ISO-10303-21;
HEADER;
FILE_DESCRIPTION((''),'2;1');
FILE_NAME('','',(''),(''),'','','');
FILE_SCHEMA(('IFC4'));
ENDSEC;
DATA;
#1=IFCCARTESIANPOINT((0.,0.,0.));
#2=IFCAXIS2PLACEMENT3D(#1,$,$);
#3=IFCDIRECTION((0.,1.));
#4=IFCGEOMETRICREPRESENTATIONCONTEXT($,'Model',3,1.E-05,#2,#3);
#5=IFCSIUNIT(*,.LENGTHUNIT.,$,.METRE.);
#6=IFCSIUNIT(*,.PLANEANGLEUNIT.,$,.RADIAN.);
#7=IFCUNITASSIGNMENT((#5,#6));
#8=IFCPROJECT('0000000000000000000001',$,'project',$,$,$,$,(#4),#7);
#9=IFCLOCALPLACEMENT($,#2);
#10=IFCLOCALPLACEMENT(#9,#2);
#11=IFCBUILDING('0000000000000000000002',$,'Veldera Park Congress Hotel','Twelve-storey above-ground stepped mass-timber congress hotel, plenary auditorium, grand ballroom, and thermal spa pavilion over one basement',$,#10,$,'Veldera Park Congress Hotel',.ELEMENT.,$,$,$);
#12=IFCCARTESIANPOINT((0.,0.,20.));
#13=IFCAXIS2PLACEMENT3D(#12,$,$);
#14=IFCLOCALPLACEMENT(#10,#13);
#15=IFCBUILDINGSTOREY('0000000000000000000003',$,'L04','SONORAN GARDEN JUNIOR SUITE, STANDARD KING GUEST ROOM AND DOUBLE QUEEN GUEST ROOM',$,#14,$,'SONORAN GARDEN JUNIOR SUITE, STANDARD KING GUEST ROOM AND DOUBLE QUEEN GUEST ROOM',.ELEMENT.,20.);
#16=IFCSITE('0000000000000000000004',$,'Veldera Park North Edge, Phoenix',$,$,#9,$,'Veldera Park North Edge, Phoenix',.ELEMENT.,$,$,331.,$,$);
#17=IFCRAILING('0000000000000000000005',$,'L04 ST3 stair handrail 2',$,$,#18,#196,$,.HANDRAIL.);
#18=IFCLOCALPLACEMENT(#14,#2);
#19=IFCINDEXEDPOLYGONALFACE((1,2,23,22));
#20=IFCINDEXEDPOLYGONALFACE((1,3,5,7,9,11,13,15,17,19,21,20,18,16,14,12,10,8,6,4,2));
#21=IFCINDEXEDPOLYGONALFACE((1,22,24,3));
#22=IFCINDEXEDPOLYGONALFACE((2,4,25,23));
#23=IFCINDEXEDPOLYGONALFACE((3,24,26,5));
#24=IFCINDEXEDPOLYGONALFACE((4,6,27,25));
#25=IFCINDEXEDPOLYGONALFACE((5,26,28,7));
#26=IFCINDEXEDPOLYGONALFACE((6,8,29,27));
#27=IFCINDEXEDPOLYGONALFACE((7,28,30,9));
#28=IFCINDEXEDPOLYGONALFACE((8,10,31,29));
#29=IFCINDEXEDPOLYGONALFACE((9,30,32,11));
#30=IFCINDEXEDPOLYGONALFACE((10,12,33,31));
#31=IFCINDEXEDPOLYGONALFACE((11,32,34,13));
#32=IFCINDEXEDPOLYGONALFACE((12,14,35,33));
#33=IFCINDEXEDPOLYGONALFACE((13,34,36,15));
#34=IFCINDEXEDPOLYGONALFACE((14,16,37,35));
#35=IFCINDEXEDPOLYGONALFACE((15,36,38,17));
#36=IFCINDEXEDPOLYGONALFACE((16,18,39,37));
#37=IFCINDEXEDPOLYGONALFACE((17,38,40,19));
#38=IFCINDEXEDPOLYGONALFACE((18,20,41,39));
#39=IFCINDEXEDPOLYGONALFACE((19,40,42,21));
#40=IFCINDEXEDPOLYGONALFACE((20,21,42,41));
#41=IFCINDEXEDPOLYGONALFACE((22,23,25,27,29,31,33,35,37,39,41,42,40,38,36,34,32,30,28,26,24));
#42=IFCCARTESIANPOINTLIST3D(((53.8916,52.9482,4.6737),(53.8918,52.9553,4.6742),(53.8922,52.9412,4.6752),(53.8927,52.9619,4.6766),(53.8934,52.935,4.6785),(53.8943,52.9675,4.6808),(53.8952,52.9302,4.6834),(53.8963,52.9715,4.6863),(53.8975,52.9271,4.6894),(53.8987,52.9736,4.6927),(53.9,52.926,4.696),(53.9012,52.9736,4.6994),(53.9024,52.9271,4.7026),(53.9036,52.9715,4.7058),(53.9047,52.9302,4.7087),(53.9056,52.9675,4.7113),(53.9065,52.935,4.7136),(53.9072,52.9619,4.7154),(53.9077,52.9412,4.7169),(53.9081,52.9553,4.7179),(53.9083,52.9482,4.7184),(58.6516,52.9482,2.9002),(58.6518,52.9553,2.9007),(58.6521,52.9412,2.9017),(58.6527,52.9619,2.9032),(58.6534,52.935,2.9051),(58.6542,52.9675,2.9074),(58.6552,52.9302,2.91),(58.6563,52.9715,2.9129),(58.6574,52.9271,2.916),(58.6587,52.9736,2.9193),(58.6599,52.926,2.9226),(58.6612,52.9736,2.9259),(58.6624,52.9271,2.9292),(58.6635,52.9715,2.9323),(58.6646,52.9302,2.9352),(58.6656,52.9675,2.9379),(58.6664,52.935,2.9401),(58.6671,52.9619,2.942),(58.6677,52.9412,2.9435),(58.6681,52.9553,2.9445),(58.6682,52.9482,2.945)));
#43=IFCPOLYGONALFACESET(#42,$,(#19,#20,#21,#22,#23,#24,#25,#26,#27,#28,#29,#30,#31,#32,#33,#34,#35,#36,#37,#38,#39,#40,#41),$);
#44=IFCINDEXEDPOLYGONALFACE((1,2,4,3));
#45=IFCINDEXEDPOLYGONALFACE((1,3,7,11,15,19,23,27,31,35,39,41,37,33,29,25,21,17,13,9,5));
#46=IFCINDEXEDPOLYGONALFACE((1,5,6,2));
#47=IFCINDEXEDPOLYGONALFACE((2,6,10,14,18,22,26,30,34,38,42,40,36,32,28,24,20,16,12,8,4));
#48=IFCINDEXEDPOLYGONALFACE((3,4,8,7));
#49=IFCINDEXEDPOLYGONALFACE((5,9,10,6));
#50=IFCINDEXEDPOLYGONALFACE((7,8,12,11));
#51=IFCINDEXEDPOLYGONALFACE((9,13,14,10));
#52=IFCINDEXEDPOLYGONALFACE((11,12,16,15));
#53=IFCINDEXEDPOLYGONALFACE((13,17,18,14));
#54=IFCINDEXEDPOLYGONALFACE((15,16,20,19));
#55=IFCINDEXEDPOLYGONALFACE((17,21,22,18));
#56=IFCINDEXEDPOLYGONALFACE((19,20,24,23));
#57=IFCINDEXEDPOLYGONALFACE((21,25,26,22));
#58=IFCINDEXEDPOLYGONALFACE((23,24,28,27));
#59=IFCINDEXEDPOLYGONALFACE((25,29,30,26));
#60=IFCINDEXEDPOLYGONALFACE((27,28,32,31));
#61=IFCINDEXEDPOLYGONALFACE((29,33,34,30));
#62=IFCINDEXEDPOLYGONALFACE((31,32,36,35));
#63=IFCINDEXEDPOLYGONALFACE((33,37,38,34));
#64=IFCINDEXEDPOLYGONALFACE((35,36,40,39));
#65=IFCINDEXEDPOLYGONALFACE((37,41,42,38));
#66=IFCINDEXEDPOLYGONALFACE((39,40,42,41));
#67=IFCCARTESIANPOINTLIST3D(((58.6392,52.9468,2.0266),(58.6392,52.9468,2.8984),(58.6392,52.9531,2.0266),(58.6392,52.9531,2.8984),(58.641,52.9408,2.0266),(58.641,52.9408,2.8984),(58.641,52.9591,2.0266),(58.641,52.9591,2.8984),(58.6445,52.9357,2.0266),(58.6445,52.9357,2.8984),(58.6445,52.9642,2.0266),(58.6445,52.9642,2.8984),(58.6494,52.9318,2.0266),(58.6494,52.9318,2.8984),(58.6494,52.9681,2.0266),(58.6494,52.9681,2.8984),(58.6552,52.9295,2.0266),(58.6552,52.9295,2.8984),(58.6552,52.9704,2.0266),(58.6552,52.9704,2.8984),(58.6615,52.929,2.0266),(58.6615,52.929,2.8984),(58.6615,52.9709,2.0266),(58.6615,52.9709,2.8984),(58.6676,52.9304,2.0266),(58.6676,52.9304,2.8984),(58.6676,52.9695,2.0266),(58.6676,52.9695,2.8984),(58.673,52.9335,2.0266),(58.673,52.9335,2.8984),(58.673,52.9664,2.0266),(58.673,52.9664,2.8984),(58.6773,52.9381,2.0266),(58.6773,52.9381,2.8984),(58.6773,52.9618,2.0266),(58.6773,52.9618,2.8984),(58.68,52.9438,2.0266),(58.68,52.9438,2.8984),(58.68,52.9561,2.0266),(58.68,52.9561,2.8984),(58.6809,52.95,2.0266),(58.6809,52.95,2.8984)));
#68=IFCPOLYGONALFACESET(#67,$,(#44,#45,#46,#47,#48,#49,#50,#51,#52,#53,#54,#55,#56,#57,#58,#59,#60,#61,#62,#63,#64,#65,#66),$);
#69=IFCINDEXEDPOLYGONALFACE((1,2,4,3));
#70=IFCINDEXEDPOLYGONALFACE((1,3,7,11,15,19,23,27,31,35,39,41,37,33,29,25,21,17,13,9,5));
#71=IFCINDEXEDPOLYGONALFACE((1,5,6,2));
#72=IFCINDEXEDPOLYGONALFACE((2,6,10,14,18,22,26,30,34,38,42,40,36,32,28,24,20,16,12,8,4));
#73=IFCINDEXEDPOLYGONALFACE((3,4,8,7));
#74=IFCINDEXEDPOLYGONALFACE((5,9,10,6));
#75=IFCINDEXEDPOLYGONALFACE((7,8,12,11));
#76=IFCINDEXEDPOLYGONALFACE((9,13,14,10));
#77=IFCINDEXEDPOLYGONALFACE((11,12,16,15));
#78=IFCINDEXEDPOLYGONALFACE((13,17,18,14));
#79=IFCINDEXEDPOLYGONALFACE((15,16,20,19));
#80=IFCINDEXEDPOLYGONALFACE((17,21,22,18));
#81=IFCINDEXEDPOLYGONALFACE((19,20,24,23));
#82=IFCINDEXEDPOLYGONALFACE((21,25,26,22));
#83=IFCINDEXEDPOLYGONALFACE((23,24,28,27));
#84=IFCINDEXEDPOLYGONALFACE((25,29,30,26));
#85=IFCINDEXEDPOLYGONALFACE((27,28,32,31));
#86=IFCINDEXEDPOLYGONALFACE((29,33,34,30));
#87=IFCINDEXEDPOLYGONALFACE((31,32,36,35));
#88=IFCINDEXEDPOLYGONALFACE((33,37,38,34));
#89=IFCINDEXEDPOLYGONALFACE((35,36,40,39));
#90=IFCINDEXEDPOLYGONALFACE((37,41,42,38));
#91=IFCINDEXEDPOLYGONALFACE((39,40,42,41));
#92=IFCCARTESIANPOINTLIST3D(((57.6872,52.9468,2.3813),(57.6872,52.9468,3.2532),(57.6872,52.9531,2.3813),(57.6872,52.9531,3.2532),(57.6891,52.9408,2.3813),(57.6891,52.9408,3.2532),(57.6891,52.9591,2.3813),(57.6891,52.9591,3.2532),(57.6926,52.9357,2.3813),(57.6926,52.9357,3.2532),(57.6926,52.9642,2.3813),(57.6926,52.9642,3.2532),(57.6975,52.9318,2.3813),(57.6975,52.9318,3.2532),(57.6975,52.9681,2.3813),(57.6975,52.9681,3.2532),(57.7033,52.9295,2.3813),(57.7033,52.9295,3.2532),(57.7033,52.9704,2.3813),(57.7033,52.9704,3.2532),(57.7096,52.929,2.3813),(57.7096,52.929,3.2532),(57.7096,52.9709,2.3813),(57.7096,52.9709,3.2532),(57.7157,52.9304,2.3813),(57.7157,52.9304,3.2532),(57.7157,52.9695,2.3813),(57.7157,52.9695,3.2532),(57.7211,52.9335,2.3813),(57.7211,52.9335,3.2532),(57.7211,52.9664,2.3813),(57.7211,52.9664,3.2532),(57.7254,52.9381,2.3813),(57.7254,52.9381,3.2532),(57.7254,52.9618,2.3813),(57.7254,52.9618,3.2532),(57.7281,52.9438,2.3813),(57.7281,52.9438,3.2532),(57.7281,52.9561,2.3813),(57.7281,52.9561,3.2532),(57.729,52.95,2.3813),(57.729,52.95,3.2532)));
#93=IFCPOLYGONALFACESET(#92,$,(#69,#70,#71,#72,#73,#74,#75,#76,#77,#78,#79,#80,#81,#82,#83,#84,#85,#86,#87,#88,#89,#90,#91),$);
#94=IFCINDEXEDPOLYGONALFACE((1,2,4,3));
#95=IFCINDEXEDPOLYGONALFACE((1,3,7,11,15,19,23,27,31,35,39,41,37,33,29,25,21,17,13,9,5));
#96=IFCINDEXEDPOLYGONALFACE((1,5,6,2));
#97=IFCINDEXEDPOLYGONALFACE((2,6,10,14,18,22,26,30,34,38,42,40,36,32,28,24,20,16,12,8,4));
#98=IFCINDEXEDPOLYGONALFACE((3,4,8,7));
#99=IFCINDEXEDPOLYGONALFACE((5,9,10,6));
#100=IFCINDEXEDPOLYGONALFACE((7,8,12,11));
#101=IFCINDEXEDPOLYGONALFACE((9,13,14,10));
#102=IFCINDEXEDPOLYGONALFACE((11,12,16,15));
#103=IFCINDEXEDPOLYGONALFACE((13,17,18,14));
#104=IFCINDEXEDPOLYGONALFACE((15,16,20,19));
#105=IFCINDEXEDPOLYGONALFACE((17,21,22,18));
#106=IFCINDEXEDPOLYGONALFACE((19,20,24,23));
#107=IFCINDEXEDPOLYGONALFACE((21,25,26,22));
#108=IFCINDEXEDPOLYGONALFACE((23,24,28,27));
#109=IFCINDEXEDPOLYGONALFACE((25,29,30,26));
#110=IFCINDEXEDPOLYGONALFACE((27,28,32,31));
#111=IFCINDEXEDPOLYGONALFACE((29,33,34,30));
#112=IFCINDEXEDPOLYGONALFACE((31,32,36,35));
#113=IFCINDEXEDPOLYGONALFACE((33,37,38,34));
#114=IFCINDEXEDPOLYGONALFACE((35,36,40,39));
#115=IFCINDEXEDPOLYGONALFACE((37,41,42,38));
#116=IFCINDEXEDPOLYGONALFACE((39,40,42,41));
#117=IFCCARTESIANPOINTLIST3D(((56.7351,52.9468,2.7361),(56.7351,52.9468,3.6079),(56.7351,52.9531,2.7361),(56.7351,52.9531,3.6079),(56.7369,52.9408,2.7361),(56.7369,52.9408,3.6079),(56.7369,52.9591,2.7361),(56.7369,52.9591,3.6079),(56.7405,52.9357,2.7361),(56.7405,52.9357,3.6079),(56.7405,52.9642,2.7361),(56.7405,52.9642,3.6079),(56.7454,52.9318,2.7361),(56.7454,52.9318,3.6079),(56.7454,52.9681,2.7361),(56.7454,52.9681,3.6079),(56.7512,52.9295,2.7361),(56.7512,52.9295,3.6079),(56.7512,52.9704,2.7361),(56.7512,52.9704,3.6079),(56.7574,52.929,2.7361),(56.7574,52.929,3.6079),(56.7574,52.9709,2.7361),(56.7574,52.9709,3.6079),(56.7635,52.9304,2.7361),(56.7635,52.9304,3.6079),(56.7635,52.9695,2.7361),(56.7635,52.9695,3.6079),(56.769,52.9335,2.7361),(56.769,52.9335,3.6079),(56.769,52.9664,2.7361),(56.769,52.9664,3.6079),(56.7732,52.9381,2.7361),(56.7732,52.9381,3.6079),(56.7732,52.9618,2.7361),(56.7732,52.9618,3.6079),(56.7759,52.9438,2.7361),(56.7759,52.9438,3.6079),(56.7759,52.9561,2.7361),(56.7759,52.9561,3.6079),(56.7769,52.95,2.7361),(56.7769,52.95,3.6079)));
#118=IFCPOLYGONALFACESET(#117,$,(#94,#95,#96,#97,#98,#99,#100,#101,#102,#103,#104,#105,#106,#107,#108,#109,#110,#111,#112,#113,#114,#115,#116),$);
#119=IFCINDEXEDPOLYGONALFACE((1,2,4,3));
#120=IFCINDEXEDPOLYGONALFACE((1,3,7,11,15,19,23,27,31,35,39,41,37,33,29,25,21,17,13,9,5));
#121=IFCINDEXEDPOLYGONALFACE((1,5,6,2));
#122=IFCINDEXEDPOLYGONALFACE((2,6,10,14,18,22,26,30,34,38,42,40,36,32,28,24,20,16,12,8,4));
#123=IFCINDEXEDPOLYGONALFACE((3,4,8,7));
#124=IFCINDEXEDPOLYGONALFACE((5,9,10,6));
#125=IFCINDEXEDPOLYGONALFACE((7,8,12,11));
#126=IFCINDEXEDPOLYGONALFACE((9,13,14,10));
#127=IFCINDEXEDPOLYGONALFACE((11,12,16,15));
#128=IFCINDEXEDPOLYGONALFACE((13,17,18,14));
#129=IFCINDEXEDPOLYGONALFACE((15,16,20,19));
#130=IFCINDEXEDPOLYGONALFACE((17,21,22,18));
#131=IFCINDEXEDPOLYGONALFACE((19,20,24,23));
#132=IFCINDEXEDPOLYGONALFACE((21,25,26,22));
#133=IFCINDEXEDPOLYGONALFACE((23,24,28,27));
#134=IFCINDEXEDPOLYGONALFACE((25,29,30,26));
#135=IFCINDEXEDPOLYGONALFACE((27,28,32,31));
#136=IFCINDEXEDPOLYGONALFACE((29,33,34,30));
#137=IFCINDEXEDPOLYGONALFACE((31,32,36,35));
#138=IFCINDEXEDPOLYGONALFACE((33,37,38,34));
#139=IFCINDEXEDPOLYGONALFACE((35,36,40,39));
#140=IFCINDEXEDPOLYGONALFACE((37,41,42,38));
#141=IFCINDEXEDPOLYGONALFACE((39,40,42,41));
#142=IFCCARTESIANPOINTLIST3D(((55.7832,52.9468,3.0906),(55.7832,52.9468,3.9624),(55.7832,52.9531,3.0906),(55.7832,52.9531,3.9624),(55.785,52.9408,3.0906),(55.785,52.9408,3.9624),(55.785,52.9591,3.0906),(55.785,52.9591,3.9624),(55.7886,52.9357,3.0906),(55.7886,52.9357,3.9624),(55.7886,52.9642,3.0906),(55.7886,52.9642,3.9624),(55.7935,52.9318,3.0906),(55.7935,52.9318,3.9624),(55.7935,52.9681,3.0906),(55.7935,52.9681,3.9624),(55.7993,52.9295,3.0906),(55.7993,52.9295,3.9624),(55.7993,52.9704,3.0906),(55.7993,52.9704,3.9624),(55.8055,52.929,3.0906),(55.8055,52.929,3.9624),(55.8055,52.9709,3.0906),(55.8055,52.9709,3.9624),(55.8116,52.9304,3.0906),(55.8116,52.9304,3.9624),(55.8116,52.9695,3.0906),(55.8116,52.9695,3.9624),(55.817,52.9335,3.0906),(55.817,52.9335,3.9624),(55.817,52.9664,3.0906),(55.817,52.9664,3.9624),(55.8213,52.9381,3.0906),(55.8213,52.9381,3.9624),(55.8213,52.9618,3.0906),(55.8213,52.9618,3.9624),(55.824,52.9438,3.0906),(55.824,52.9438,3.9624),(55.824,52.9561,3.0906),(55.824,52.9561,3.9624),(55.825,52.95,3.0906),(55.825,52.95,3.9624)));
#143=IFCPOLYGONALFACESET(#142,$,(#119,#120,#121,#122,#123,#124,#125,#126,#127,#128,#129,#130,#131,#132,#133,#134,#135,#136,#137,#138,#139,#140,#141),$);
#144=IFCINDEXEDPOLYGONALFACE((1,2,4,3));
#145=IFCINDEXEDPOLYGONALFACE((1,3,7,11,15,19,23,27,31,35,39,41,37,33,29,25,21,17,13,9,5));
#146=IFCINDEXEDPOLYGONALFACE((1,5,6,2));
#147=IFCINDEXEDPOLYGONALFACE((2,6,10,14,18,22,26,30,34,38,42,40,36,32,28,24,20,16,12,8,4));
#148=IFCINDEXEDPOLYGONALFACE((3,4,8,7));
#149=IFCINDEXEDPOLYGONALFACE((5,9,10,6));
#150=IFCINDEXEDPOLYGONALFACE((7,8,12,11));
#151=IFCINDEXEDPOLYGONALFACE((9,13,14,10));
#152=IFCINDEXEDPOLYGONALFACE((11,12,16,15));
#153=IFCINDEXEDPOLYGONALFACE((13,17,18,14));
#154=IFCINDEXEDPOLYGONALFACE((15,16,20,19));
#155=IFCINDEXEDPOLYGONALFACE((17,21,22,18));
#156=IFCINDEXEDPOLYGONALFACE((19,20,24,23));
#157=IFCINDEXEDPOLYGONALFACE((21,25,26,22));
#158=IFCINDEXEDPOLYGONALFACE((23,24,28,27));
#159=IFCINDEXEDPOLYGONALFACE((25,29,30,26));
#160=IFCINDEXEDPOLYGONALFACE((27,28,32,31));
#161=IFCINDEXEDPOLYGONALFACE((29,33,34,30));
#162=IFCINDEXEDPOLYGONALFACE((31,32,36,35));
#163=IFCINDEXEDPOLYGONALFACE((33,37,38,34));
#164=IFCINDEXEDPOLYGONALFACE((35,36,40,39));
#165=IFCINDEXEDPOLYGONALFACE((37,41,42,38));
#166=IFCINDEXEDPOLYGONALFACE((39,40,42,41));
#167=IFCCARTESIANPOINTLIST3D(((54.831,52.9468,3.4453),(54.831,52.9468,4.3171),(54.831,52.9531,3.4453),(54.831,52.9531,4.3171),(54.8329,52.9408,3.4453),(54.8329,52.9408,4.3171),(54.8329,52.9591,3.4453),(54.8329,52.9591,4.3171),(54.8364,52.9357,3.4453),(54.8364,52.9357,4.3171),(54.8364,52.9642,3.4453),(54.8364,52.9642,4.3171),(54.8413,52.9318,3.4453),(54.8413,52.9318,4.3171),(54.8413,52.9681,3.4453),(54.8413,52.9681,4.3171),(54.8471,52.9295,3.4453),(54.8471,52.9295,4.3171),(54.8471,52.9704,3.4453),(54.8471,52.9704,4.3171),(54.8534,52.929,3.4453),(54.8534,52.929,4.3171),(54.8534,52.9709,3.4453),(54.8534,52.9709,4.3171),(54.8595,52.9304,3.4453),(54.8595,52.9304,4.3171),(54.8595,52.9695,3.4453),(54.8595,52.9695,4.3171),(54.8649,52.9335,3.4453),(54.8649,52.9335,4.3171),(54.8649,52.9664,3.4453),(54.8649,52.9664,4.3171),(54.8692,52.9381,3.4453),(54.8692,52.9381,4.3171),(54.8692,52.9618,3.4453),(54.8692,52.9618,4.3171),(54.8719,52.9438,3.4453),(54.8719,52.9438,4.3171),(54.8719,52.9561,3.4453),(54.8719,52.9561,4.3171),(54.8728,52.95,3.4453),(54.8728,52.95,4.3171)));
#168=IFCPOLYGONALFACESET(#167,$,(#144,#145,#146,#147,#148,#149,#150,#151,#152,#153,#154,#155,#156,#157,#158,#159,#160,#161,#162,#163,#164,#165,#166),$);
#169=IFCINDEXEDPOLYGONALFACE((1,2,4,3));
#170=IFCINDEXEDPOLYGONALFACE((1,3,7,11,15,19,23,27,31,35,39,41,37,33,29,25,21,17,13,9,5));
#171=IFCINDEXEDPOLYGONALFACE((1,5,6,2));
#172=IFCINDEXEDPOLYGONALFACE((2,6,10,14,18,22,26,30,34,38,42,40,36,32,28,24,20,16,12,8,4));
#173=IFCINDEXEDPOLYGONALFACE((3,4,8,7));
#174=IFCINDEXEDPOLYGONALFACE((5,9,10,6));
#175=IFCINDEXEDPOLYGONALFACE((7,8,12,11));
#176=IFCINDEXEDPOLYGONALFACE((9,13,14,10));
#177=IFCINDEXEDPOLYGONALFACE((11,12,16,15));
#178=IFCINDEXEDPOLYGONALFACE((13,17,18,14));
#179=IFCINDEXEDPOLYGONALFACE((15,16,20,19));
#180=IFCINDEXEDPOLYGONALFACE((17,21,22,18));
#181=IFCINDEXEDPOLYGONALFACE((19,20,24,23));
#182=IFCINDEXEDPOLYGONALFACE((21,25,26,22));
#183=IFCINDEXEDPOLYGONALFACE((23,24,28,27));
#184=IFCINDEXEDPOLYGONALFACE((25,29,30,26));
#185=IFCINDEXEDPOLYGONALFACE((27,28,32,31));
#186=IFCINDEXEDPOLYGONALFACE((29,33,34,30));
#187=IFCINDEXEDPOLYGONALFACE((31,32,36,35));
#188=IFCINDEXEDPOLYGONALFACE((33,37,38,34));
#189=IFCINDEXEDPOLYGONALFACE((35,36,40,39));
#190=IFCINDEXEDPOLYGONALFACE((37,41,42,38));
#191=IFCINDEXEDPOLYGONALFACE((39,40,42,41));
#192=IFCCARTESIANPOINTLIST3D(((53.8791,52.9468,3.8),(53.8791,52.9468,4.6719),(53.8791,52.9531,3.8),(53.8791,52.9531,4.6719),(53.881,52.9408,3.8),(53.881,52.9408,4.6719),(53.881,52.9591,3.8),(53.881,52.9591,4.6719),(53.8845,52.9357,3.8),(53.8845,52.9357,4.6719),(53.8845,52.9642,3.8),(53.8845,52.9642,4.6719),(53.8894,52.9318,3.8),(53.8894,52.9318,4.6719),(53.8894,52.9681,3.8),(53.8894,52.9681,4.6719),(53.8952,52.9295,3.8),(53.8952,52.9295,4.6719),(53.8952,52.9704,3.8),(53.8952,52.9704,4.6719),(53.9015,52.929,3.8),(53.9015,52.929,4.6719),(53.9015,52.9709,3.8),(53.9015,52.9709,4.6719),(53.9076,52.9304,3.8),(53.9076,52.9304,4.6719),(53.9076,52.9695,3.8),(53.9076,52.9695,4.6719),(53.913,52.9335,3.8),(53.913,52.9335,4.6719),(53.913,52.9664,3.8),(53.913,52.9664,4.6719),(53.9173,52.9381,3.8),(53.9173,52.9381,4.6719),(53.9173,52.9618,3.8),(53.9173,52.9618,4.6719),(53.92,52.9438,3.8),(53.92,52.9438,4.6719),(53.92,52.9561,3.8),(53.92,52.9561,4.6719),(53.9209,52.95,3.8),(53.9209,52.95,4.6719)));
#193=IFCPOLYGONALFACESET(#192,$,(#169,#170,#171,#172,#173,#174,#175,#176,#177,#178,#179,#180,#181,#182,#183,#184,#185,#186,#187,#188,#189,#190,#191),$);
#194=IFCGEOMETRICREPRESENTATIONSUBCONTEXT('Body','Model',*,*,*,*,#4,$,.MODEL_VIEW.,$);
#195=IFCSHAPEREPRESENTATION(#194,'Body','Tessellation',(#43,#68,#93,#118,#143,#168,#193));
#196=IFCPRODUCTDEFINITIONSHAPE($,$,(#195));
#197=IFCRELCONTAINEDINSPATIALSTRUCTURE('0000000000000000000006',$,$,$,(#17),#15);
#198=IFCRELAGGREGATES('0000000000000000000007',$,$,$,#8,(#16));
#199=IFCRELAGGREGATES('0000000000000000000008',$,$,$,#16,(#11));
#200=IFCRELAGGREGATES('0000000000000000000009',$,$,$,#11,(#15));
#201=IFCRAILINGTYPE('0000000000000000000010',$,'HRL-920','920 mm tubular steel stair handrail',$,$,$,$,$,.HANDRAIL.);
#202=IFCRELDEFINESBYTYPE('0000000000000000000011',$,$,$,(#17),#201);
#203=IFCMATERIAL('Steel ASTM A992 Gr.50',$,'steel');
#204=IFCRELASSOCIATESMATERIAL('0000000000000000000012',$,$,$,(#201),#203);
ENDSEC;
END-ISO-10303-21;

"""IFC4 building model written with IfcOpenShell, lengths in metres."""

from ifc_helpers import new_model, si_unit, direction, frame, origin, origin_2d, place, context, subcontext, project, spatial, circle, extrude, material, type_object, element, save


model = new_model("IFC4")

# Units and contexts
model_context = context("Model", 3, precision=1e-05, world=origin(), true_north=direction((0.0, 1.0)))
body_context = subcontext(model_context, "Body", "Model", "MODEL_VIEW")
ifc_project = project(units=[si_unit("LENGTHUNIT", "METRE"), si_unit("PLANEANGLEUNIT", "RADIAN")], contexts=[model_context])

# Site, building, storey
site_placement = place(None, origin())
site = spatial("IfcSite", under=ifc_project, at=site_placement, Name="Veldera Park North Edge, Phoenix", LongName="Veldera Park North Edge, Phoenix", CompositionType="ELEMENT", RefElevation=331.0)
building_placement = place(site_placement, origin())
building = spatial("IfcBuilding", under=site, at=building_placement, Name="Veldera Park Congress Hotel", Description="Twelve-storey above-ground stepped mass-timber congress hotel, plenary auditorium, grand ballroom, and thermal spa pavilion over one basement", LongName="Veldera Park Congress Hotel", CompositionType="ELEMENT")
storey_placement = place(building_placement, frame((0.0, 0.0, 20.0)))
storey = spatial("IfcBuildingStorey", under=building, at=storey_placement, Name="L04", Description="SONORAN GARDEN JUNIOR SUITE, STANDARD KING GUEST ROOM AND DOUBLE QUEEN GUEST ROOM", LongName="SONORAN GARDEN JUNIOR SUITE, STANDARD KING GUEST ROOM AND DOUBLE QUEEN GUEST ROOM", CompositionType="ELEMENT", Elevation=20.0)

# Railing
ifc_material_1 = material(Name="Steel ASTM A992 Gr.50", Category="steel")
railing_type_1 = type_object("IfcRailingType", Name="HRL-920", Description="920 mm tubular steel stair handrail", PredefinedType="HANDRAIL", material=ifc_material_1)
railing_1_placement = place(storey_placement, frame((58.6599, 52.95, 2.0266)))
element("IfcRailing", 1, at=railing_1_placement, inside=storey, type_object=railing_type_1, Name="L04 ST3 stair handrail 2", PredefinedType="HANDRAIL", context=body_context, shape_type="SweptSolid", body=[
    extrude(circle(Radius=0.0239, at=origin_2d()), frame((0.0, 0.0, 0.896), z_axis=(-0.937076, 0.0, 0.349126), x_axis=(0.0, -1.0, 0.0)), (0.0, 0.0, 1.0), 5.0796),
    extrude(circle(Radius=0.021, at=origin_2d()), origin(), (0.0, 0.0, 1.0), 0.8718),
    extrude(circle(Radius=0.021, at=origin_2d()), frame((-0.9519, 0.0, 0.3547)), (0.0, 0.0, 1.0), 0.8718),
    extrude(circle(Radius=0.021, at=origin_2d()), frame((-1.9041, 0.0, 0.7095)), (0.0, 0.0, 1.0), 0.8718),
    extrude(circle(Radius=0.021, at=origin_2d()), frame((-2.856, 0.0, 1.064)), (0.0, 0.0, 1.0), 0.8718),
    extrude(circle(Radius=0.021, at=origin_2d()), frame((-3.8081, 0.0, 1.4187)), (0.0, 0.0, 1.0), 0.8718),
    extrude(circle(Radius=0.021, at=origin_2d()), frame((-4.76, 0.0, 1.7734)), (0.0, 0.0, 1.0), 0.8718),
])

save(model, "model.ifc")
